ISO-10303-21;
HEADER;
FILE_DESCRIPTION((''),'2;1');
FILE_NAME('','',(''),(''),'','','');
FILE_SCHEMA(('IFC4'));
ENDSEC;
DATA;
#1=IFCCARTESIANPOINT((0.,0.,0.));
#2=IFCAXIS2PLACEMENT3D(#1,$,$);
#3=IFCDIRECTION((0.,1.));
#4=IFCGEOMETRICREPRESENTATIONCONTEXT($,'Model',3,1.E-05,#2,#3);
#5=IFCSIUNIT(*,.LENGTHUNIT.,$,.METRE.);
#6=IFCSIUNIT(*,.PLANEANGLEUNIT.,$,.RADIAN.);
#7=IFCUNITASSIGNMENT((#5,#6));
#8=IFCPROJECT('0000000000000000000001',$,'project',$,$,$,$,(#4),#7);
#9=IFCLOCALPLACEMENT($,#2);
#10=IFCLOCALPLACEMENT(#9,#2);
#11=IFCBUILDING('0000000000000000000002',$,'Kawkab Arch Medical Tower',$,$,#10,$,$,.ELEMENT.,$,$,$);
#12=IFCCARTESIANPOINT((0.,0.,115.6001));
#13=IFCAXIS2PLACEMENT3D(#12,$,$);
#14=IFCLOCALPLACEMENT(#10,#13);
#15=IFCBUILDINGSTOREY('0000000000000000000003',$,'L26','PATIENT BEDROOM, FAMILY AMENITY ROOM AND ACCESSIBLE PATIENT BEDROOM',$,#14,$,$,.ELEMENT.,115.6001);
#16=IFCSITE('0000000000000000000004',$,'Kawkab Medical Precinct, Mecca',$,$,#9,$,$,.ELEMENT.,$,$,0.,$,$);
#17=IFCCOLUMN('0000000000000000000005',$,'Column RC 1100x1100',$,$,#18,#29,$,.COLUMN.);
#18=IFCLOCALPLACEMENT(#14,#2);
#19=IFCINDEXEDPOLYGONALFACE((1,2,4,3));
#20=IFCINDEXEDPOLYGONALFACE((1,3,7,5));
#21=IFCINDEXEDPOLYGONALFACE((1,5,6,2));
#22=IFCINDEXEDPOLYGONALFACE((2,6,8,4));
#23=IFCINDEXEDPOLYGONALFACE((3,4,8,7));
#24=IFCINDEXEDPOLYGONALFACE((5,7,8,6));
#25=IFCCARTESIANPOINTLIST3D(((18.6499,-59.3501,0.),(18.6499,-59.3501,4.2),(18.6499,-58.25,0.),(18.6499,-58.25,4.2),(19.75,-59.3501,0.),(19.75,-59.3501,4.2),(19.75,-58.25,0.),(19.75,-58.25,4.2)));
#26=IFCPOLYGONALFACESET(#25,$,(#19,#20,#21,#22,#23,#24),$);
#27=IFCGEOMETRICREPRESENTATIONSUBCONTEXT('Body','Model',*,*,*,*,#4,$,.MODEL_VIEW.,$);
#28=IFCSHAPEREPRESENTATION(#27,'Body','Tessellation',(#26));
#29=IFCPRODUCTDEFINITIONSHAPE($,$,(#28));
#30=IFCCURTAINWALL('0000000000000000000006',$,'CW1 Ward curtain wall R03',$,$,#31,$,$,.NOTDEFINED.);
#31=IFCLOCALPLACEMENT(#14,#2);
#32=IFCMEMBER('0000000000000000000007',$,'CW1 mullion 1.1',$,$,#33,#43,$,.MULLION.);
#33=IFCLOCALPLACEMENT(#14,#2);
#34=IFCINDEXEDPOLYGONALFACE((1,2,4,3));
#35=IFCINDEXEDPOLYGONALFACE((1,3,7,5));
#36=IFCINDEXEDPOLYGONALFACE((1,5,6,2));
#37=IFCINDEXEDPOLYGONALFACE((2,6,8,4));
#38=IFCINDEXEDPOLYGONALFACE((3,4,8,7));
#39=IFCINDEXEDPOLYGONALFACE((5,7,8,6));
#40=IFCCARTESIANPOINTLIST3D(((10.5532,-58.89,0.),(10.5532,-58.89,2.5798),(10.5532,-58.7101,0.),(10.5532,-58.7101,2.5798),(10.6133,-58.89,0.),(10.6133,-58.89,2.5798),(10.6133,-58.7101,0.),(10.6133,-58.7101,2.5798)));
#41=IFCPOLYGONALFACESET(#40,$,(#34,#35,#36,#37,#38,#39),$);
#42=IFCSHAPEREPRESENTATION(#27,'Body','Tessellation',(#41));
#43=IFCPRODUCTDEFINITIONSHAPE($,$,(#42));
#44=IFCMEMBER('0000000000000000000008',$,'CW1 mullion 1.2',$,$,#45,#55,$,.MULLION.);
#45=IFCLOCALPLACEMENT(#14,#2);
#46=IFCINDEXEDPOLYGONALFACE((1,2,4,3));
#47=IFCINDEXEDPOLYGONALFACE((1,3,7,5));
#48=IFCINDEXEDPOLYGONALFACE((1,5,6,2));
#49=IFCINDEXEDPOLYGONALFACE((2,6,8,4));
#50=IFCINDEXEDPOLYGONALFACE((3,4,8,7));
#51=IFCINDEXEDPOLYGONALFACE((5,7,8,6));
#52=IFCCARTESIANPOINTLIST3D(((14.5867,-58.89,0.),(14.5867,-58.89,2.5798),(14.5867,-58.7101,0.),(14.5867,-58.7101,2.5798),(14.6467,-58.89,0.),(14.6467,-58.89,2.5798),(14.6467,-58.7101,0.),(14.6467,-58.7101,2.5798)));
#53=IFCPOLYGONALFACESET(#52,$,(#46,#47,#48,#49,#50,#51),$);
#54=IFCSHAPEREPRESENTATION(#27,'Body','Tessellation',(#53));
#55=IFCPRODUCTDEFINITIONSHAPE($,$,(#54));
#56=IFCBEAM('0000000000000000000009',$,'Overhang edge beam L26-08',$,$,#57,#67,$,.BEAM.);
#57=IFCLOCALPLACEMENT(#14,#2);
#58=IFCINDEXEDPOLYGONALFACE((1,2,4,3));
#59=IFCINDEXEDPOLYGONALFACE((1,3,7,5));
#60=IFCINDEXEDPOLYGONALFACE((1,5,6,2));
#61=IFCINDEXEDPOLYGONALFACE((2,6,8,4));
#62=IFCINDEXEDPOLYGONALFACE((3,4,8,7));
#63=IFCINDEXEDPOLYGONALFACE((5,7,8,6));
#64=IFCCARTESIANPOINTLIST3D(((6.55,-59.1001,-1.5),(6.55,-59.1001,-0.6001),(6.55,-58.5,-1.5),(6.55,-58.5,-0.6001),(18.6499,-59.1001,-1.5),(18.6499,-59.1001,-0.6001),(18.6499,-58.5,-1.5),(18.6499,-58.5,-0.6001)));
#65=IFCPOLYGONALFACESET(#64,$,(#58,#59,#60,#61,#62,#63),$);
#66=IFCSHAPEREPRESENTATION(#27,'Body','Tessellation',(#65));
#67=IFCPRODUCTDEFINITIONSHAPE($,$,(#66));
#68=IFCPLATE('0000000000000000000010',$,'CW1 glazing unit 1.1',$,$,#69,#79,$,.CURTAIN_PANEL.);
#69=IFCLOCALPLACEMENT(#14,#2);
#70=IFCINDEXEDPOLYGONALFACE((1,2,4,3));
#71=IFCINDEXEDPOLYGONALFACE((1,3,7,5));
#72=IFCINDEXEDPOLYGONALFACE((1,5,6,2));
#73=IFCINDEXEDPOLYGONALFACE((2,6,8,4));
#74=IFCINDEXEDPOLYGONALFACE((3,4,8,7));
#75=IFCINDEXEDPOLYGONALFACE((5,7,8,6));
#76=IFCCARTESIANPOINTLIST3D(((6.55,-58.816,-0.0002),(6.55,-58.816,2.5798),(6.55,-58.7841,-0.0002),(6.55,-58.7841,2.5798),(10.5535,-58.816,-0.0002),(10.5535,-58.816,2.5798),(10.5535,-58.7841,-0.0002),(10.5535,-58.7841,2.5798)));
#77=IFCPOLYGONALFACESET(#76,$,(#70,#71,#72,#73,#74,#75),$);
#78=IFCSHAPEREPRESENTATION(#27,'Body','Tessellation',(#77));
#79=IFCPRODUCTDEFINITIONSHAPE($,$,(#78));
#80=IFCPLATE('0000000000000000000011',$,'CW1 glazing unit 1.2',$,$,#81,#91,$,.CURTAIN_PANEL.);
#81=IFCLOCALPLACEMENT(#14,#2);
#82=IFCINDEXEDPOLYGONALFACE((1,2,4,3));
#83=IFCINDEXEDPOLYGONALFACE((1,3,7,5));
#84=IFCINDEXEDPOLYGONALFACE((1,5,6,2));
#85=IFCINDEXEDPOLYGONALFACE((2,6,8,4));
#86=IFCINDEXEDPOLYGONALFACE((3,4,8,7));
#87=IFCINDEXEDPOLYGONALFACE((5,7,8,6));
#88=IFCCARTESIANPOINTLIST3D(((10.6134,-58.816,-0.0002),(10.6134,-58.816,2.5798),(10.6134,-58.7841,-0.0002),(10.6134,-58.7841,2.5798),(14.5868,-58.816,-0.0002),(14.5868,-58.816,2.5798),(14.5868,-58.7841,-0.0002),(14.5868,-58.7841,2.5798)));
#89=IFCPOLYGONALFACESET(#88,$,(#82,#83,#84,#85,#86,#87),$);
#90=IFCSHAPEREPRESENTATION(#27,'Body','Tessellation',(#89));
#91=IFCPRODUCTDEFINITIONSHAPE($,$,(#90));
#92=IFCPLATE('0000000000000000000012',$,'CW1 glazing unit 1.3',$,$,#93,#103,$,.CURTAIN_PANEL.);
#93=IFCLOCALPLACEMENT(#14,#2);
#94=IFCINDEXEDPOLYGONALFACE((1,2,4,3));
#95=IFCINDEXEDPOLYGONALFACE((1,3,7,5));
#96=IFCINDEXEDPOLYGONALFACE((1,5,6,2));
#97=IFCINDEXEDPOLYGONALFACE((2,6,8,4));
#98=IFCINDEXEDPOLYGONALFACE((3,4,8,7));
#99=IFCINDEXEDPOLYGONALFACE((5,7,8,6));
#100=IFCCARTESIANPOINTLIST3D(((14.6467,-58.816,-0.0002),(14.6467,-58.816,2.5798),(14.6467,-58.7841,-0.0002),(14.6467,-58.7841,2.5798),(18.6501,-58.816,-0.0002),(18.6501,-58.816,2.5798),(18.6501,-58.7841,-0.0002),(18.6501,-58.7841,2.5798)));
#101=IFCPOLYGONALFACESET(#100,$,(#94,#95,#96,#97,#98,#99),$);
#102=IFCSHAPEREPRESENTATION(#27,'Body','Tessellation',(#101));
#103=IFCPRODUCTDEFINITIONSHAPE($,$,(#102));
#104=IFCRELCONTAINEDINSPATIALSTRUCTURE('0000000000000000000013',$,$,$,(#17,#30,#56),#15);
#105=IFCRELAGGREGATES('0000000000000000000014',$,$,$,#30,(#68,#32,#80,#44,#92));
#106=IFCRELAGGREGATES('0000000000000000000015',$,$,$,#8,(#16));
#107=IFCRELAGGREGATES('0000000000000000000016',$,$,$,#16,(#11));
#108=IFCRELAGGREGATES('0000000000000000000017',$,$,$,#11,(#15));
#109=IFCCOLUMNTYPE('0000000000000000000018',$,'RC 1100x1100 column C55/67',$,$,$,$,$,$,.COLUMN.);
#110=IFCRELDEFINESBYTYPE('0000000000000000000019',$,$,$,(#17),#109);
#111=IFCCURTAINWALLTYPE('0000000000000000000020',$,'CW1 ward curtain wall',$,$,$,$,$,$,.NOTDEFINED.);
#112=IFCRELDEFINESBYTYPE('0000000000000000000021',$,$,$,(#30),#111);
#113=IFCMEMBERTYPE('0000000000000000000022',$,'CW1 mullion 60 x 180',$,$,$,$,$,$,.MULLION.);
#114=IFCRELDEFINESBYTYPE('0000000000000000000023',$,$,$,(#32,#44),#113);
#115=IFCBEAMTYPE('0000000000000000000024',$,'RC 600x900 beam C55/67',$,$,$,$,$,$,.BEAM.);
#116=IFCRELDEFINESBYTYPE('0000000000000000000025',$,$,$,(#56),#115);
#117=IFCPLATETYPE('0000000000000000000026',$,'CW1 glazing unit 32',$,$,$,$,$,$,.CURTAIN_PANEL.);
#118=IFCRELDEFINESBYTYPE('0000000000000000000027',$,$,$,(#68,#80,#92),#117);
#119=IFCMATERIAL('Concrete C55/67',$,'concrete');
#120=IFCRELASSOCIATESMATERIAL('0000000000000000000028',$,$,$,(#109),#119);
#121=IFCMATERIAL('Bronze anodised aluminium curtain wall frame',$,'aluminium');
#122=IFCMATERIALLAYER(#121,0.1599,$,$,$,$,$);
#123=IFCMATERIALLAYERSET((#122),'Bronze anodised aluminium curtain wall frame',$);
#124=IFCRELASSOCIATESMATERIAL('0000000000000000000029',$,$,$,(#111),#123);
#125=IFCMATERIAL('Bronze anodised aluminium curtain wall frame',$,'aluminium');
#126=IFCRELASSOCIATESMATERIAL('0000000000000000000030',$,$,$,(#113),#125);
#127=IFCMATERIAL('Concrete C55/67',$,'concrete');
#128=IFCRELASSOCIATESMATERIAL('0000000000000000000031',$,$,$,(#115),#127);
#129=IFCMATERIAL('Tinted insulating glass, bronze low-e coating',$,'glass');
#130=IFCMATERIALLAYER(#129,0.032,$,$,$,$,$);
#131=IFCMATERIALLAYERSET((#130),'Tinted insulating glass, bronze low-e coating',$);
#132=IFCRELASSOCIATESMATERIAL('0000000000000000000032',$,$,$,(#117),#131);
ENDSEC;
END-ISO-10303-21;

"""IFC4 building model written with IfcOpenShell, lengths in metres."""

from ifc_helpers import new_model, si_unit, direction, frame, origin, origin_2d, place, context, subcontext, project, spatial, rectangle, extrude, material, layer, layer_set, material_profile, profile_set, type_object, element, aggregate, save


model = new_model("IFC4")

# Units and contexts
model_context = context("Model", 3, precision=1e-05, world=origin(), true_north=direction((0.0, 1.0)))
body_context = subcontext(model_context, "Body", "Model", "MODEL_VIEW")
ifc_project = project(units=[si_unit("LENGTHUNIT", "METRE"), si_unit("PLANEANGLEUNIT", "RADIAN")], contexts=[model_context])

# Site, building, storey
site_placement = place(None, origin())
site = spatial("IfcSite", under=ifc_project, at=site_placement, Name="Kawkab Medical Precinct, Mecca", CompositionType="ELEMENT", RefElevation=0.0)
building_placement = place(site_placement, origin())
building = spatial("IfcBuilding", under=site, at=building_placement, Name="Kawkab Arch Medical Tower", CompositionType="ELEMENT")
storey_placement = place(building_placement, frame((0.0, 0.0, 115.6001)))
storey = spatial("IfcBuildingStorey", under=building, at=storey_placement, Name="L26", Description="PATIENT BEDROOM, FAMILY AMENITY ROOM AND ACCESSIBLE PATIENT BEDROOM", CompositionType="ELEMENT", Elevation=115.6001)

# Column
ifc_material_1 = material(Name="Concrete C55/67", Category="concrete")
ifc_material_profile_1 = material_profile(ifc_material_1, rectangle(XDim=1.1001, YDim=1.1001, at=origin_2d()), Name="RC 1100x1100")
ifc_profile_set_1 = profile_set([ifc_material_profile_1], Name="Concrete C55/67")
column_type = type_object("IfcColumnType", Name="RC 1100x1100 column C55/67", PredefinedType="COLUMN", material=ifc_profile_set_1)
column_placement = place(storey_placement, frame((19.2, -58.8, 0.0), z_axis=(0.0, 0.0, 1.0), x_axis=(1.0, 0.0, 0.0)))
element("IfcColumn", 1, at=column_placement, inside=storey, type_object=column_type, Name="Column RC 1100x1100", PredefinedType="COLUMN", context=body_context, shape_type="SweptSolid", body=[
    extrude(rectangle(XDim=1.1001, YDim=1.1001, at=origin_2d()), origin(), (0.0, 0.0, 1.0), 4.2),
])

# Curtain wall, members
ifc_material_2 = material(Name="Bronze anodised aluminium curtain wall frame", Category="aluminium")
ifc_layer_1 = layer(ifc_material_2, 0.1599)
ifc_layer_set_1 = layer_set([ifc_layer_1], Name="Bronze anodised aluminium curtain wall frame")
curtain_wall_type = type_object("IfcCurtainWallType", Name="CW1 ward curtain wall", PredefinedType="NOTDEFINED", material=ifc_layer_set_1)
curtain_wall_placement = place(storey_placement, origin())
curtain_wall = element("IfcCurtainWall", 2, at=curtain_wall_placement, inside=storey, type_object=curtain_wall_type, Name="CW1 Ward curtain wall R03", PredefinedType="NOTDEFINED")
ifc_material_3 = material(Name="Bronze anodised aluminium curtain wall frame", Category="aluminium")
ifc_material_profile_2 = material_profile(ifc_material_3, rectangle(XDim=0.1799, YDim=0.0601, at=origin_2d()), Name="AL 60x180")
ifc_profile_set_2 = profile_set([ifc_material_profile_2], Name="Bronze anodised aluminium curtain wall frame")
member_type = type_object("IfcMemberType", Name="CW1 mullion 60 x 180", PredefinedType="MULLION", material=ifc_profile_set_2)
member_1_placement = place(storey_placement, frame((10.5833, -58.8, 0.0), z_axis=(0.0, 0.0, 1.0), x_axis=(0.0, 1.0, 0.0)))
member_1 = element("IfcMember", 3, at=member_1_placement, type_object=member_type, Name="CW1 mullion 1.1", PredefinedType="MULLION", context=body_context, shape_type="SweptSolid", body=[
    extrude(rectangle(XDim=0.1799, YDim=0.0601, at=origin_2d()), origin(), (0.0, 0.0, 1.0), 2.5798),
])
member_2_placement = place(storey_placement, frame((14.6167, -58.8, 0.0), z_axis=(0.0, 0.0, 1.0), x_axis=(0.0, 1.0, 0.0)))
member_2 = element("IfcMember", 4, at=member_2_placement, type_object=member_type, Name="CW1 mullion 1.2", PredefinedType="MULLION", context=body_context, shape_type="SweptSolid", body=[
    extrude(rectangle(XDim=0.1799, YDim=0.0601, at=origin_2d()), origin(), (0.0, 0.0, 1.0), 2.5798),
])

# Beam
ifc_material_4 = material(Name="Concrete C55/67", Category="concrete")
ifc_material_profile_3 = material_profile(ifc_material_4, rectangle(XDim=0.6001, YDim=0.8999, at=origin_2d()), Name="RC 600x900")
ifc_profile_set_3 = profile_set([ifc_material_profile_3], Name="Concrete C55/67")
beam_type = type_object("IfcBeamType", Name="RC 600x900 beam C55/67", PredefinedType="BEAM", material=ifc_profile_set_3)
beam_placement = place(storey_placement, frame((18.6499, -58.8, -1.05), z_axis=(-1.0, 0.0, 0.0), x_axis=(0.0, -1.0, 0.0)))
element("IfcBeam", 5, at=beam_placement, inside=storey, type_object=beam_type, Name="Overhang edge beam L26-08", PredefinedType="BEAM", context=body_context, shape_type="SweptSolid", body=[
    extrude(rectangle(XDim=0.6001, YDim=0.8999, at=origin_2d()), origin(), (0.0, 0.0, 1.0), 12.0999),
])

# Plates
ifc_material_5 = material(Name="Tinted insulating glass, bronze low-e coating", Category="glass")
ifc_layer_2 = layer(ifc_material_5, 0.032)
ifc_layer_set_2 = layer_set([ifc_layer_2], Name="Tinted insulating glass, bronze low-e coating")
plate_type = type_object("IfcPlateType", Name="CW1 glazing unit 32", PredefinedType="CURTAIN_PANEL", material=ifc_layer_set_2)
plate_1_placement = place(storey_placement, frame((8.5518, -58.8, -0.0002), z_axis=(0.0, 0.0, 1.0), x_axis=(1.0, 0.0, 0.0)))
plate_1 = element("IfcPlate", 6, at=plate_1_placement, type_object=plate_type, Name="CW1 glazing unit 1.1", PredefinedType="CURTAIN_PANEL", context=body_context, shape_type="SweptSolid", body=[
    extrude(rectangle(XDim=4.0034, YDim=0.032, at=origin_2d()), origin(), (0.0, 0.0, 1.0), 2.5801),
])
plate_2_placement = place(storey_placement, frame((12.6001, -58.8, -0.0002), z_axis=(0.0, 0.0, 1.0), x_axis=(1.0, 0.0, 0.0)))
plate_2 = element("IfcPlate", 7, at=plate_2_placement, type_object=plate_type, Name="CW1 glazing unit 1.2", PredefinedType="CURTAIN_PANEL", context=body_context, shape_type="SweptSolid", body=[
    extrude(rectangle(XDim=3.9734, YDim=0.032, at=origin_2d()), origin(), (0.0, 0.0, 1.0), 2.5801),
])
plate_3_placement = place(storey_placement, frame((16.6484, -58.8, -0.0002), z_axis=(0.0, 0.0, 1.0), x_axis=(1.0, 0.0, 0.0)))
plate_3 = element("IfcPlate", 8, at=plate_3_placement, type_object=plate_type, Name="CW1 glazing unit 1.3", PredefinedType="CURTAIN_PANEL", context=body_context, shape_type="SweptSolid", body=[
    extrude(rectangle(XDim=4.0034, YDim=0.032, at=origin_2d()), origin(), (0.0, 0.0, 1.0), 2.5801),
])
aggregate(curtain_wall, [plate_1, member_1, plate_2, member_2, plate_3])

save(model, "model.ifc")
